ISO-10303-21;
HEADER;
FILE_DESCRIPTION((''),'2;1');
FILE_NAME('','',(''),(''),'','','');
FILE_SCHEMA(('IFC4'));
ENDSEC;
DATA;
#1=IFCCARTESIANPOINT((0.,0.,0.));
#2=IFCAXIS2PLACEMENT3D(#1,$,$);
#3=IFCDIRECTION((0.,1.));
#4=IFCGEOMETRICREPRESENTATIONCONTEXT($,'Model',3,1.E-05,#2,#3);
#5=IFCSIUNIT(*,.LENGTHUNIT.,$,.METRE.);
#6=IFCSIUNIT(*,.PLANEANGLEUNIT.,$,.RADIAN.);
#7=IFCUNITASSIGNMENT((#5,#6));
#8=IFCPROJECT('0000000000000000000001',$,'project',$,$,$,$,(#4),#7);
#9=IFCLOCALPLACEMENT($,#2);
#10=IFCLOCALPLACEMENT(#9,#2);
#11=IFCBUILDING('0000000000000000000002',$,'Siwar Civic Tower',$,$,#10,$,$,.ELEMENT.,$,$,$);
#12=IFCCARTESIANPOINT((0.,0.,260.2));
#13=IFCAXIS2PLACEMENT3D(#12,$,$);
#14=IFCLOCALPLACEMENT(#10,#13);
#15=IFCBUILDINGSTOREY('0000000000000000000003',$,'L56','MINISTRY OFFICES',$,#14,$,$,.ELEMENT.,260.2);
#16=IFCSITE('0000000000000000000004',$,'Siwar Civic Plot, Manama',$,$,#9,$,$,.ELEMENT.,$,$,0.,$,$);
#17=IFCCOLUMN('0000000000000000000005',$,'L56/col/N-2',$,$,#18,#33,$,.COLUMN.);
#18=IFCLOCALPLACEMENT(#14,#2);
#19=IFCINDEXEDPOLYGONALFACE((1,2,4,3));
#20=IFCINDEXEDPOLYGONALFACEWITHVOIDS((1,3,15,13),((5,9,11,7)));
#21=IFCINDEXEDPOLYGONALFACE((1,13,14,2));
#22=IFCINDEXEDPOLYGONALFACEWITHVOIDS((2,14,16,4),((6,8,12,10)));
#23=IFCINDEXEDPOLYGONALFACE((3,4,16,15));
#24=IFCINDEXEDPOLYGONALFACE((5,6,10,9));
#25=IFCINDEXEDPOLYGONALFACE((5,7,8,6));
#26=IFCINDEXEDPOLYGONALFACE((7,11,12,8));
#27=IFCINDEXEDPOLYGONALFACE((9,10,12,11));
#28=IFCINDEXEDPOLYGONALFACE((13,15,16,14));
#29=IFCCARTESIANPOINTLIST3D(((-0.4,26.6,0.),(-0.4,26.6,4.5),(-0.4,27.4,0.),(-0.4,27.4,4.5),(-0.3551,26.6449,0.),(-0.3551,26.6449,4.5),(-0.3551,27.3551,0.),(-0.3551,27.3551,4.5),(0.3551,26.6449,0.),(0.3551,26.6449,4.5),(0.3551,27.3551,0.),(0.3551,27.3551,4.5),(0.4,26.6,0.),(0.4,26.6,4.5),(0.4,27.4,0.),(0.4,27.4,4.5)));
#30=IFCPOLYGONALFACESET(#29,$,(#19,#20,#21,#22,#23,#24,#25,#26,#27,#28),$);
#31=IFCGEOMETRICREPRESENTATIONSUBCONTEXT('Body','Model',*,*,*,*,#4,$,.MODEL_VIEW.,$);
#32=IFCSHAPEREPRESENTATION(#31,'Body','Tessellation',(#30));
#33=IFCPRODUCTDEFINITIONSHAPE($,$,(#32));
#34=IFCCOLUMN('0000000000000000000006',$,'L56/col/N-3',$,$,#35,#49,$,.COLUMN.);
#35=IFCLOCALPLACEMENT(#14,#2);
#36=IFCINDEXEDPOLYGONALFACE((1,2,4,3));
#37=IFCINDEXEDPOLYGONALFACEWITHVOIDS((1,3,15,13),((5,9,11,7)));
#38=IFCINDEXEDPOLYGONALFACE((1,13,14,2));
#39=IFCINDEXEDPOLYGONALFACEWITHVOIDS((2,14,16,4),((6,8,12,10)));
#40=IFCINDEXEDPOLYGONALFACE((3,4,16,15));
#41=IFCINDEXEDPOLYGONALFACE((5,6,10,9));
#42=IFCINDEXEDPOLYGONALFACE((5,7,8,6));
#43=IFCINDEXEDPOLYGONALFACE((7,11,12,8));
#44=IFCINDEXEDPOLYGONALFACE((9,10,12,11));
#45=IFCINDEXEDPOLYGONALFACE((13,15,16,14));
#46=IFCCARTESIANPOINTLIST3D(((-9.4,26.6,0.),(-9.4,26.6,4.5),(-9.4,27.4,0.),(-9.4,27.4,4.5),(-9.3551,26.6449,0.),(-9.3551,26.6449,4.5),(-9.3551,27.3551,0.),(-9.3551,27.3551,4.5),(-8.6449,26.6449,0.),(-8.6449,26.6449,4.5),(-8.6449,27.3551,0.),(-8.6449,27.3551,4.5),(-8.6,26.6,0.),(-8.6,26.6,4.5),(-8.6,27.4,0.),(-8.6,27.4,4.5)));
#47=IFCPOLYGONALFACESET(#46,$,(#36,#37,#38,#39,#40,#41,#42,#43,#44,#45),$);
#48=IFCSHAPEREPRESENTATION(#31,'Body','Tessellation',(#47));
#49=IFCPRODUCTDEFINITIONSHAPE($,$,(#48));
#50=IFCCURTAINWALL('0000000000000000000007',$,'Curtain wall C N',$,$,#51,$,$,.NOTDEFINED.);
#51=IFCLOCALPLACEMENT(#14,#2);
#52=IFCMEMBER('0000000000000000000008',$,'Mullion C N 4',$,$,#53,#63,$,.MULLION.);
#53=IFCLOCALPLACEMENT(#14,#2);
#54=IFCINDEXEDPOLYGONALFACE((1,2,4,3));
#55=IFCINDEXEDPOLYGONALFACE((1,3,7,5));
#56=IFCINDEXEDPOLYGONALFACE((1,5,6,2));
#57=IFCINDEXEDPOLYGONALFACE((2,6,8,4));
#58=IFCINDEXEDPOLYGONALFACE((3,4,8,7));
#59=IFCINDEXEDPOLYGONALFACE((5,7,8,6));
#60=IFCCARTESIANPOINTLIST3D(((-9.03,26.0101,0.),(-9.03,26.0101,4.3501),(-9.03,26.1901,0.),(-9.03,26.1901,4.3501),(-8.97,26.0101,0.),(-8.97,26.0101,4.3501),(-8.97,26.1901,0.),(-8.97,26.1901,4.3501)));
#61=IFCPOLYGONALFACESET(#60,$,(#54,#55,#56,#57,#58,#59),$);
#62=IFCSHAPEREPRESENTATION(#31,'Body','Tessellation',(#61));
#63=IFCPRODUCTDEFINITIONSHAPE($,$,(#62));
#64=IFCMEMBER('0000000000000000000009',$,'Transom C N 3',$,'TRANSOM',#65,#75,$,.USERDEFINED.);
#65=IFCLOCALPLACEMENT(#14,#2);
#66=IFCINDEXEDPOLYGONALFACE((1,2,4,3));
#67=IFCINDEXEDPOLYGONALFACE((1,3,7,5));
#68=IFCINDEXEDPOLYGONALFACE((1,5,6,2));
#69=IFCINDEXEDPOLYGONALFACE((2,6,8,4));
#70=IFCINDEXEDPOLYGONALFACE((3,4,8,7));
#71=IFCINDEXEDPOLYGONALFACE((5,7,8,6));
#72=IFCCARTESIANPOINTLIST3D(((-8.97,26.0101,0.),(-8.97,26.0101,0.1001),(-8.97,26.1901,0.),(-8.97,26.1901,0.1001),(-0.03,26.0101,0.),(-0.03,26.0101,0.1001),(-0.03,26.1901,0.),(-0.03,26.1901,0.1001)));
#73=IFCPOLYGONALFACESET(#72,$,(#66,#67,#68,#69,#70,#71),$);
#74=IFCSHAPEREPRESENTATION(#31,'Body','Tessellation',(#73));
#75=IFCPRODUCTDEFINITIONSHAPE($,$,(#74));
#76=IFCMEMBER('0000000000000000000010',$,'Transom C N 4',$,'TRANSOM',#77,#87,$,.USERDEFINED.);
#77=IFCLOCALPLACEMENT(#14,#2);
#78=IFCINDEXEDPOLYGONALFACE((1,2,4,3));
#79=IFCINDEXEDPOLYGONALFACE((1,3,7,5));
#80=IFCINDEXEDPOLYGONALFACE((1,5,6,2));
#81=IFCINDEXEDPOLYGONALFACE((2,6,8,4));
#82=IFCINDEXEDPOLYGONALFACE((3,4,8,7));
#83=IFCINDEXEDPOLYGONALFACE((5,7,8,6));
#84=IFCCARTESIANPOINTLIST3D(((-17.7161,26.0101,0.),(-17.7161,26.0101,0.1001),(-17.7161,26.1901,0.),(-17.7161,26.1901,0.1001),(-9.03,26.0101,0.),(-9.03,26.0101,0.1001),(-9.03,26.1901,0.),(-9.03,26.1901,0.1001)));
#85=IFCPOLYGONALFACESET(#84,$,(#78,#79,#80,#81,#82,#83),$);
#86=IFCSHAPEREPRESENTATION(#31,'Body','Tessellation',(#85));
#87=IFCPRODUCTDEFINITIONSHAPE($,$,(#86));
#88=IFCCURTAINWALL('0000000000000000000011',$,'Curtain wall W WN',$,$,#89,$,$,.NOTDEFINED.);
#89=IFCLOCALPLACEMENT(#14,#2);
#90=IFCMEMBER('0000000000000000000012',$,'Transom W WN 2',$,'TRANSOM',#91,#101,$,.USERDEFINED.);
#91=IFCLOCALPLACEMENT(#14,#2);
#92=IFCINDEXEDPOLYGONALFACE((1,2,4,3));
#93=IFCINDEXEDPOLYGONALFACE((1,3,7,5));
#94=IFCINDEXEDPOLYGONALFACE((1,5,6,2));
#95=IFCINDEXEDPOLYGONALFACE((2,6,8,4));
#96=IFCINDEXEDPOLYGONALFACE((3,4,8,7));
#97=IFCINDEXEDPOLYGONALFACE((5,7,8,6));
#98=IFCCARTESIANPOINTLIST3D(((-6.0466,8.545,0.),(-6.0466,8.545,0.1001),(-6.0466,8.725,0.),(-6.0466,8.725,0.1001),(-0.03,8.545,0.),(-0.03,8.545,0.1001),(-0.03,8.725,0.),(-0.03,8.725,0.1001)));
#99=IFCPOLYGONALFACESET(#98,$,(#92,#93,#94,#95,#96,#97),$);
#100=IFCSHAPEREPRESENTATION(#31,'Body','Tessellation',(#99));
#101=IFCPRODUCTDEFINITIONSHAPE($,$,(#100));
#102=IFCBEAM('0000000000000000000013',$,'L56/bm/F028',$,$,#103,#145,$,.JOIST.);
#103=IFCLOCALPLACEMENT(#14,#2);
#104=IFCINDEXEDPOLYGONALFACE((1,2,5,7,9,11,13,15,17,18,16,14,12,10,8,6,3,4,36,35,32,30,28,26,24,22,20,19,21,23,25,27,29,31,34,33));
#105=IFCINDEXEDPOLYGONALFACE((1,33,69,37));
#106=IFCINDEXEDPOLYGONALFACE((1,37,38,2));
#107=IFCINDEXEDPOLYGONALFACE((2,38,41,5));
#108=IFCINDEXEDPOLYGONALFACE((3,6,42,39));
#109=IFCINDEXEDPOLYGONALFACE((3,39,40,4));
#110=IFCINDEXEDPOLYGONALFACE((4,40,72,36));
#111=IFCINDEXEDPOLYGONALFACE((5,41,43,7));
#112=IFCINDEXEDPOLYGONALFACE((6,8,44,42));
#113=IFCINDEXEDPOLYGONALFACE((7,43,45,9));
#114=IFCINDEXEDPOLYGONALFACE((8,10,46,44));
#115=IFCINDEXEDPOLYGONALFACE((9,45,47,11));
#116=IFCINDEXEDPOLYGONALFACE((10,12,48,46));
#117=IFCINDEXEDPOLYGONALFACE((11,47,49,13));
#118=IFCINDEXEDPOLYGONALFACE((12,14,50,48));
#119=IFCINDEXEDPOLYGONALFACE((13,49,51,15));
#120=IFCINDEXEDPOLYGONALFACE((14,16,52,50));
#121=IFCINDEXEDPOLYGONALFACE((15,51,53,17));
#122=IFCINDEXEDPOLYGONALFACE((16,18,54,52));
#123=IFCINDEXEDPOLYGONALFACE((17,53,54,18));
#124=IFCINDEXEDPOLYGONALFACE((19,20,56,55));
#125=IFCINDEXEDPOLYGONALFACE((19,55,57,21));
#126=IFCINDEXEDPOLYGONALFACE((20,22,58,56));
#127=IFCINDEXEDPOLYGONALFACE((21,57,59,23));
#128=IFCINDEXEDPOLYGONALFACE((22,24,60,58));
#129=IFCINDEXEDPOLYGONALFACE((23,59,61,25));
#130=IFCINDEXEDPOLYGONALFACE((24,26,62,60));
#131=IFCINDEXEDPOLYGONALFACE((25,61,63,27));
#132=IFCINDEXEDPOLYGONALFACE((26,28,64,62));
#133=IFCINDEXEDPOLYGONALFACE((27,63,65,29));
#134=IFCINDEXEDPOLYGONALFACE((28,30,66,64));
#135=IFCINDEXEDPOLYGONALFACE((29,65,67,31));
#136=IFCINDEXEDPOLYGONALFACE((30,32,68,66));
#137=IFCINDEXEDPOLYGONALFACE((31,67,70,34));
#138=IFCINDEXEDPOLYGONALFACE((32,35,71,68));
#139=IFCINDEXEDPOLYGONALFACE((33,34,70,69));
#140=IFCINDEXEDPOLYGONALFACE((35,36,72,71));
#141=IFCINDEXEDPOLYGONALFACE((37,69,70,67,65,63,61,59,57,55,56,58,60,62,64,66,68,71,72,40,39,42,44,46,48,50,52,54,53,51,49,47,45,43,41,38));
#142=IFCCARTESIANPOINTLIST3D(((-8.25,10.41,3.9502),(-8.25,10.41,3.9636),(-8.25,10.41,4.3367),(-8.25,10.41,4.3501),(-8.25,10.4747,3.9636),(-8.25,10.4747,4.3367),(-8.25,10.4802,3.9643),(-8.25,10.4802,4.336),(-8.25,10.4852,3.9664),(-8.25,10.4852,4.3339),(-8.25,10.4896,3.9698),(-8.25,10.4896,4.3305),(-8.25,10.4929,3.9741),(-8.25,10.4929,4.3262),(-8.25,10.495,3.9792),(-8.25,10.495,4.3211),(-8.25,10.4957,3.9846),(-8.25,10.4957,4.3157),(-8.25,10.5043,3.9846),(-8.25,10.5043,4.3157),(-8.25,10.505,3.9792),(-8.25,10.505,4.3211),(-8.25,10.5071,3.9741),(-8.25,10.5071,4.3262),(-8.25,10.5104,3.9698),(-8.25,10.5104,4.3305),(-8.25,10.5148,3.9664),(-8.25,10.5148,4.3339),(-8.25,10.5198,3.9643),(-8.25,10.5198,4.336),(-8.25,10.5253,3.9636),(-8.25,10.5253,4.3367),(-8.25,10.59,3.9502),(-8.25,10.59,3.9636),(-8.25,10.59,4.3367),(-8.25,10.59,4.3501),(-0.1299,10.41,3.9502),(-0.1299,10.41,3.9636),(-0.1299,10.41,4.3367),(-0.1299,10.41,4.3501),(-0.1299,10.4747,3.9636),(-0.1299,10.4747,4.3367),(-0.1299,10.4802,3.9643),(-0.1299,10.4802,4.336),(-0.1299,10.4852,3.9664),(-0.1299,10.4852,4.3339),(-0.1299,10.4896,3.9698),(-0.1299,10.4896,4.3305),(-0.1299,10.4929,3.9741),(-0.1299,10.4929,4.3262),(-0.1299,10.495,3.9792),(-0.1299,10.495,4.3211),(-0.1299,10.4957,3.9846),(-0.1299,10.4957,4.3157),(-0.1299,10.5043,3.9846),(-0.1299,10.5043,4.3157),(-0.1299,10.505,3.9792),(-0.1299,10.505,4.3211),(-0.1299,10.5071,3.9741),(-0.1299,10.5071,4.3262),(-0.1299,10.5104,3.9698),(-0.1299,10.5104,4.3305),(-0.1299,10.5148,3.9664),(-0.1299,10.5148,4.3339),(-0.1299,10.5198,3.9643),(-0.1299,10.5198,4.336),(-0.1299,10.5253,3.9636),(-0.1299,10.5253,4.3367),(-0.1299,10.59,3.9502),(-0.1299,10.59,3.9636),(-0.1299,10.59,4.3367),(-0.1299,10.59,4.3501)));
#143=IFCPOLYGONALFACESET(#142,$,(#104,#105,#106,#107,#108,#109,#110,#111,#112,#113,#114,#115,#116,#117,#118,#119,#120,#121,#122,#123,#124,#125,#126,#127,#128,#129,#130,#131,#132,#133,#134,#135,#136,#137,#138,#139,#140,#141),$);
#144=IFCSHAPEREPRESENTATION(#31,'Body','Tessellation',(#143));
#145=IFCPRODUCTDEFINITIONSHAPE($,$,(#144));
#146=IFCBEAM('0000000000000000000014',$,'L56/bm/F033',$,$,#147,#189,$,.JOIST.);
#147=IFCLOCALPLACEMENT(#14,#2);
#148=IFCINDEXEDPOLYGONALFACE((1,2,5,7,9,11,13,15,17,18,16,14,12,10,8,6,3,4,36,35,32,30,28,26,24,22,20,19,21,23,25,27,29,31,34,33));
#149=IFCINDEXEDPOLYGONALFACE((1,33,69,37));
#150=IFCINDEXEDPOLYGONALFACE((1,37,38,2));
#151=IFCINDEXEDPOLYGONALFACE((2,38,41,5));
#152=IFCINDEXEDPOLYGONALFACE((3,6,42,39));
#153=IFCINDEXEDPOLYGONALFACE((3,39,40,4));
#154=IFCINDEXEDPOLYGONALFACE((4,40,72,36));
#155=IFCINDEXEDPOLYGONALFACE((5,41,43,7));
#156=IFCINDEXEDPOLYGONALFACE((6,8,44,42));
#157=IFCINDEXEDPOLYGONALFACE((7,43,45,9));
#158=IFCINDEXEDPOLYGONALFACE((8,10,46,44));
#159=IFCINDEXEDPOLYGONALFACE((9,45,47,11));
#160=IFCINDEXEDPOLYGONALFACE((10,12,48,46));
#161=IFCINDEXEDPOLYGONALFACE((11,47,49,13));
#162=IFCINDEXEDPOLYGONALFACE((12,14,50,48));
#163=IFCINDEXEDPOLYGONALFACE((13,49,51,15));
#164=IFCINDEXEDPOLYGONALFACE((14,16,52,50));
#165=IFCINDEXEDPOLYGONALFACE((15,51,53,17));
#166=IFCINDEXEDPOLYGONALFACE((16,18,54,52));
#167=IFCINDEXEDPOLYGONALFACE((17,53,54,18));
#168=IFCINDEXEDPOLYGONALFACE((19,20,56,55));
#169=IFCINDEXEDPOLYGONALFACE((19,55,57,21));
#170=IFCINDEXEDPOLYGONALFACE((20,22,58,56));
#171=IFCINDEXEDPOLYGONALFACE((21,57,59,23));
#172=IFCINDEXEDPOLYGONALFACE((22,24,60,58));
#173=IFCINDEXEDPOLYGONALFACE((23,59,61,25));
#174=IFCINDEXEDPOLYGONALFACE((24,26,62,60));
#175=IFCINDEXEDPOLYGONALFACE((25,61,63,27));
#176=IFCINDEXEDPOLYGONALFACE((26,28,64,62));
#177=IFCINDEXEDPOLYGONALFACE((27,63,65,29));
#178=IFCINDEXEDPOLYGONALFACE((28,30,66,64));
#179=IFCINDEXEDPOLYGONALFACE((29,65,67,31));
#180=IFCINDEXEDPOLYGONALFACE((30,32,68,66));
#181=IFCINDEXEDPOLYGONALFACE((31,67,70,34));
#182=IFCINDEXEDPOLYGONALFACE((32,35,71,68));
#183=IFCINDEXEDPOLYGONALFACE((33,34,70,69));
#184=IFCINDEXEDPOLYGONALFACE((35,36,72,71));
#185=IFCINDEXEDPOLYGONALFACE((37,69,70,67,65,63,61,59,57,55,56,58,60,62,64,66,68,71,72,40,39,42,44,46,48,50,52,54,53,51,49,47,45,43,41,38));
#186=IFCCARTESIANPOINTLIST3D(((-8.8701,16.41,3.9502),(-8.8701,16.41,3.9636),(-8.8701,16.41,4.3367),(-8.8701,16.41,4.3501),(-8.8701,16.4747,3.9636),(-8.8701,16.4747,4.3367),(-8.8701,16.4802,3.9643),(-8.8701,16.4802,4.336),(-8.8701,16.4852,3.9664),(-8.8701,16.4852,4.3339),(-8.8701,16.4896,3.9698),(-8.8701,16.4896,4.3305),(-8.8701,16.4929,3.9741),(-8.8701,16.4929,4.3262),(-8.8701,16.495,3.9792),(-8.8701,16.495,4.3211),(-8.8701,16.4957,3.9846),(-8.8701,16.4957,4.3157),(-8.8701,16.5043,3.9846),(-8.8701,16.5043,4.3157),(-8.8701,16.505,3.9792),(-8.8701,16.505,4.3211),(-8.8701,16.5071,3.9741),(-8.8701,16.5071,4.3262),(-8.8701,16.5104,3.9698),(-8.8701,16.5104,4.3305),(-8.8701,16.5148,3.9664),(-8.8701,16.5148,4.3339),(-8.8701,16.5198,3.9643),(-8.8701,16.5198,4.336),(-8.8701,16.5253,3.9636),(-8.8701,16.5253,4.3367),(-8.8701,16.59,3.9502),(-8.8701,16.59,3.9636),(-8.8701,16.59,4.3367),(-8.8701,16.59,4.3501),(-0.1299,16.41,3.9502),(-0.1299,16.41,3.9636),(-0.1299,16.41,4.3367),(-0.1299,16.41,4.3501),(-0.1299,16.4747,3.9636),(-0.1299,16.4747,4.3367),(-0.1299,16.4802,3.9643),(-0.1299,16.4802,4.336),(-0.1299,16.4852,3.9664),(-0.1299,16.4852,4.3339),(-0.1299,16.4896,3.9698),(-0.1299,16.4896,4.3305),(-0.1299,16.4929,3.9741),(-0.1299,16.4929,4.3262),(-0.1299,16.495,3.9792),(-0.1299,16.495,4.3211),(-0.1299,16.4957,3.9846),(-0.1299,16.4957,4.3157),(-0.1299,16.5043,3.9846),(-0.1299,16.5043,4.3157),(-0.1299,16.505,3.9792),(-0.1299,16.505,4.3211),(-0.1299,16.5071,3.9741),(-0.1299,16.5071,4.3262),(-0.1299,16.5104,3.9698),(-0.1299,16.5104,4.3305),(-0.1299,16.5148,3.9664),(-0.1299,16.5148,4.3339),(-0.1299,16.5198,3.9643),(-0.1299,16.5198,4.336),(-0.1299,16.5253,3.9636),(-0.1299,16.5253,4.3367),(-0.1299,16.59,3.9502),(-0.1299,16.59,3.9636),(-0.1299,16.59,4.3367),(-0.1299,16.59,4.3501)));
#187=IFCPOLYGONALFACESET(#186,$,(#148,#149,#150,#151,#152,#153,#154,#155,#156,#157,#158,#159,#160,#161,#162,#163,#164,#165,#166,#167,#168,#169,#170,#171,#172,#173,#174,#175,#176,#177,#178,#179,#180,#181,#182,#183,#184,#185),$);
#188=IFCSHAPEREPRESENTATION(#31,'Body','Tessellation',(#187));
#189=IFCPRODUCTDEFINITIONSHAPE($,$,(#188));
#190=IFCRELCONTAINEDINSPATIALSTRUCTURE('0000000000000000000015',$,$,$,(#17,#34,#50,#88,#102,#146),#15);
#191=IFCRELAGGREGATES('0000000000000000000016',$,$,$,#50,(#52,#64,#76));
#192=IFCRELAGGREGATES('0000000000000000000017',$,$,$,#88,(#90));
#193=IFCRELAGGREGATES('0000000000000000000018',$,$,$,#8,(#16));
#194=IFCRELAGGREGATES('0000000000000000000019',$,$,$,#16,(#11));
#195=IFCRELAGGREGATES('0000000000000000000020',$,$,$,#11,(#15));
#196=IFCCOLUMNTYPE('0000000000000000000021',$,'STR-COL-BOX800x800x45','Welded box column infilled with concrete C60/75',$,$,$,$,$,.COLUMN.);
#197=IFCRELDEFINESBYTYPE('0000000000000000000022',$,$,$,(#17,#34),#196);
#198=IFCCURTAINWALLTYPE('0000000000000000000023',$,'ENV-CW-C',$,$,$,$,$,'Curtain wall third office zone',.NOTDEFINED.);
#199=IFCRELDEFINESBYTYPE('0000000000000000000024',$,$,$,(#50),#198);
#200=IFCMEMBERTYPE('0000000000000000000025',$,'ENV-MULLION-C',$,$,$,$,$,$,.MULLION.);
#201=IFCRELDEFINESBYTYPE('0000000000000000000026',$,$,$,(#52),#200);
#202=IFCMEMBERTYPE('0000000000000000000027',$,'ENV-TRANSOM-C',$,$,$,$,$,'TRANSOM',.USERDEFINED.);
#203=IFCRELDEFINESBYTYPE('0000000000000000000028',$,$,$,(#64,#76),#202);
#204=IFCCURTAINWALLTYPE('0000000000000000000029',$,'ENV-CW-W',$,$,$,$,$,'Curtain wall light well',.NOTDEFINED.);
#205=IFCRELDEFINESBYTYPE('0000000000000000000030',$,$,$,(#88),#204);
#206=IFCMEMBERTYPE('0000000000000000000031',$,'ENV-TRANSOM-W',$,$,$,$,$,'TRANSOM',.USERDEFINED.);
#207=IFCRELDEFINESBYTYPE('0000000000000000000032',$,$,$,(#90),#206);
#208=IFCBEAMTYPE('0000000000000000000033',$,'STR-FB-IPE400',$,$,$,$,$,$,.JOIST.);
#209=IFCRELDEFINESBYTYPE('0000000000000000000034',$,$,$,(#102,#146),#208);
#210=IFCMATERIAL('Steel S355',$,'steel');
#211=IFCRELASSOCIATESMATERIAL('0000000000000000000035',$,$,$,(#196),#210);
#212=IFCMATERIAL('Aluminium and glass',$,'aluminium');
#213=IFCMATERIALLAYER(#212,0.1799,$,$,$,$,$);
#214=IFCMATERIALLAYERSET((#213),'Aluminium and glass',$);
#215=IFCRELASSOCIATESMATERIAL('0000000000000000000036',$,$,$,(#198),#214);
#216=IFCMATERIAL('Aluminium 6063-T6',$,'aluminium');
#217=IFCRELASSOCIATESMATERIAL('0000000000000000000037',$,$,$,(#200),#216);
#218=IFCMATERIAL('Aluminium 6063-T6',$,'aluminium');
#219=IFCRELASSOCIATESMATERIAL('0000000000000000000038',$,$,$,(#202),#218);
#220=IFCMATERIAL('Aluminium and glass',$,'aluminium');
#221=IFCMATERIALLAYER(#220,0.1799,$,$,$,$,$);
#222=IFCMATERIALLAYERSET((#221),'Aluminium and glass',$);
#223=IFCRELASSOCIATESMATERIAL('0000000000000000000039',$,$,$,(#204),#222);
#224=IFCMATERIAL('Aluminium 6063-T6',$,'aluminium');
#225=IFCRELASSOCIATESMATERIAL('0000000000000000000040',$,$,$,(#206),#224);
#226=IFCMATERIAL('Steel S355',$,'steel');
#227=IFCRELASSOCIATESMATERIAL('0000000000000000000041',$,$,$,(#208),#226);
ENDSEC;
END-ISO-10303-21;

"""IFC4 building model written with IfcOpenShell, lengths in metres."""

from ifc_helpers import new_model, si_unit, direction, frame, origin, origin_2d, place, context, subcontext, project, spatial, rectangle, hollow_rectangle, i_section, extrude, material, layer, layer_set, material_profile, profile_set, type_object, element, aggregate, save


model = new_model("IFC4")

# Units and contexts
model_context = context("Model", 3, precision=1e-05, world=origin(), true_north=direction((0.0, 1.0)))
body_context = subcontext(model_context, "Body", "Model", "MODEL_VIEW")
ifc_project = project(units=[si_unit("LENGTHUNIT", "METRE"), si_unit("PLANEANGLEUNIT", "RADIAN")], contexts=[model_context])

# Site, building, storey
site_placement = place(None, origin())
site = spatial("IfcSite", under=ifc_project, at=site_placement, Name="Siwar Civic Plot, Manama", CompositionType="ELEMENT", RefElevation=0.0)
building_placement = place(site_placement, origin())
building = spatial("IfcBuilding", under=site, at=building_placement, Name="Siwar Civic Tower", CompositionType="ELEMENT")
storey_placement = place(building_placement, frame((0.0, 0.0, 260.2)))
storey = spatial("IfcBuildingStorey", under=building, at=storey_placement, Name="L56", Description="MINISTRY OFFICES", CompositionType="ELEMENT", Elevation=260.2)

# Columns
ifc_material_1 = material(Name="Steel S355", Category="steel")
ifc_material_profile_1 = material_profile(ifc_material_1, hollow_rectangle(XDim=0.8, YDim=0.8, WallThickness=0.0449, at=origin_2d()), Name="BOX800x800x45")
ifc_profile_set_1 = profile_set([ifc_material_profile_1], Name="Steel S355")
column_type = type_object("IfcColumnType", Name="STR-COL-BOX800x800x45", Description="Welded box column infilled with concrete C60/75", PredefinedType="COLUMN", material=ifc_profile_set_1)
for number, where, z_axis, x_axis, name in (
    (1, (0.0, 27.0, 0.0), (0.0, 0.0, 1.0), (1.0, 0.0, 0.0), "L56/col/N-2"),
    (2, (-9.0, 27.0, 0.0), (0.0, 0.0, 1.0), (1.0, 0.0, 0.0), "L56/col/N-3"),
):
    element("IfcColumn", number, at=place(storey_placement, frame(where, z_axis=z_axis, x_axis=x_axis)), inside=storey, type_object=column_type, Name=name, PredefinedType="COLUMN", context=body_context, shape_type="SweptSolid", body=[
        extrude(hollow_rectangle(XDim=0.8, YDim=0.8, WallThickness=0.0449, at=origin_2d()), origin(), (0.0, 0.0, 1.0), 4.5),
    ])

# Curtain wall, members
ifc_material_2 = material(Name="Aluminium and glass", Category="aluminium")
ifc_layer_1 = layer(ifc_material_2, 0.1799)
ifc_layer_set_1 = layer_set([ifc_layer_1], Name="Aluminium and glass")
curtain_wall_type_1 = type_object("IfcCurtainWallType", Name="ENV-CW-C", ElementType="Curtain wall third office zone", PredefinedType="NOTDEFINED", material=ifc_layer_set_1)
curtain_wall_1_placement = place(storey_placement, origin())
curtain_wall_1 = element("IfcCurtainWall", 3, at=curtain_wall_1_placement, inside=storey, type_object=curtain_wall_type_1, Name="Curtain wall C N", PredefinedType="NOTDEFINED")
ifc_material_3 = material(Name="Aluminium 6063-T6", Category="aluminium")
ifc_material_profile_2 = material_profile(ifc_material_3, rectangle(XDim=0.1799, YDim=0.0601, at=origin_2d()), Name="AL 180x60")
ifc_profile_set_2 = profile_set([ifc_material_profile_2], Name="Aluminium 6063-T6")
member_type_1 = type_object("IfcMemberType", Name="ENV-MULLION-C", PredefinedType="MULLION", material=ifc_profile_set_2)
member_1_placement = place(storey_placement, frame((-9.0, 26.1001, 0.0), z_axis=(0.0, 0.0, 1.0), x_axis=(0.0, -1.0, 0.0)))
member_1 = element("IfcMember", 4, at=member_1_placement, type_object=member_type_1, Name="Mullion C N 4", PredefinedType="MULLION", context=body_context, shape_type="SweptSolid", body=[
    extrude(rectangle(XDim=0.1799, YDim=0.0601, at=origin_2d()), origin(), (0.0, 0.0, 1.0), 4.3501),
])
ifc_material_4 = material(Name="Aluminium 6063-T6", Category="aluminium")
ifc_material_profile_3 = material_profile(ifc_material_4, rectangle(XDim=0.1799, YDim=0.1001, at=origin_2d()), Name="AL 180x100")
ifc_profile_set_3 = profile_set([ifc_material_profile_3], Name="Aluminium 6063-T6")
member_type_2 = type_object("IfcMemberType", Name="ENV-TRANSOM-C", ElementType="TRANSOM", PredefinedType="USERDEFINED", material=ifc_profile_set_3)
member_2_placement = place(storey_placement, frame((-0.03, 26.1001, 0.05), z_axis=(-1.0, 0.0, 0.0), x_axis=(0.0, -1.0, 0.0)))
member_2 = element("IfcMember", 5, at=member_2_placement, type_object=member_type_2, Name="Transom C N 3", ObjectType="TRANSOM", PredefinedType="USERDEFINED", context=body_context, shape_type="SweptSolid", body=[
    extrude(rectangle(XDim=0.1799, YDim=0.1001, at=origin_2d()), origin(), (0.0, 0.0, 1.0), 8.9399),
])
member_3_placement = place(storey_placement, frame((-9.03, 26.1001, 0.05), z_axis=(-1.0, 0.0, 0.0), x_axis=(0.0, -1.0, 0.0)))
member_3 = element("IfcMember", 6, at=member_3_placement, type_object=member_type_2, Name="Transom C N 4", ObjectType="TRANSOM", PredefinedType="USERDEFINED", context=body_context, shape_type="SweptSolid", body=[
    extrude(rectangle(XDim=0.1799, YDim=0.1001, at=origin_2d()), origin(), (0.0, 0.0, 1.0), 8.686),
])

# Curtain wall, member
ifc_material_5 = material(Name="Aluminium and glass", Category="aluminium")
ifc_layer_2 = layer(ifc_material_5, 0.1799)
ifc_layer_set_2 = layer_set([ifc_layer_2], Name="Aluminium and glass")
curtain_wall_type_2 = type_object("IfcCurtainWallType", Name="ENV-CW-W", ElementType="Curtain wall light well", PredefinedType="NOTDEFINED", material=ifc_layer_set_2)
curtain_wall_2_placement = place(storey_placement, origin())
curtain_wall_2 = element("IfcCurtainWall", 7, at=curtain_wall_2_placement, inside=storey, type_object=curtain_wall_type_2, Name="Curtain wall W WN", PredefinedType="NOTDEFINED")
ifc_material_6 = material(Name="Aluminium 6063-T6", Category="aluminium")
ifc_material_profile_4 = material_profile(ifc_material_6, rectangle(XDim=0.1799, YDim=0.1001, at=origin_2d()), Name="AL 180x100")
ifc_profile_set_4 = profile_set([ifc_material_profile_4], Name="Aluminium 6063-T6")
member_type_3 = type_object("IfcMemberType", Name="ENV-TRANSOM-W", ElementType="TRANSOM", PredefinedType="USERDEFINED", material=ifc_profile_set_4)
member_4_placement = place(storey_placement, frame((-0.03, 8.635, 0.05), z_axis=(-1.0, 0.0, 0.0), x_axis=(0.0, -1.0, 0.0)))
member_4 = element("IfcMember", 8, at=member_4_placement, type_object=member_type_3, Name="Transom W WN 2", ObjectType="TRANSOM", PredefinedType="USERDEFINED", context=body_context, shape_type="SweptSolid", body=[
    extrude(rectangle(XDim=0.1799, YDim=0.1001, at=origin_2d()), origin(), (0.0, 0.0, 1.0), 6.0166),
])

# Beams
ifc_material_7 = material(Name="Steel S355", Category="steel")
ifc_material_profile_5 = material_profile(ifc_material_7, i_section(OverallWidth=0.1799, OverallDepth=0.3999, WebThickness=0.0085, FlangeThickness=0.0134, FilletRadius=0.021, at=origin_2d()), Name="IPE400")
ifc_profile_set_5 = profile_set([ifc_material_profile_5], Name="Steel S355")
beam_type_1 = type_object("IfcBeamType", Name="STR-FB-IPE400", PredefinedType="JOIST", material=ifc_profile_set_5)
beam_1_placement = place(storey_placement, frame((-8.25, 10.5, 4.1501), z_axis=(1.0, 0.0, 0.0), x_axis=(0.0, 1.0, 0.0)))
element("IfcBeam", 9, at=beam_1_placement, inside=storey, type_object=beam_type_1, Name="L56/bm/F028", PredefinedType="JOIST", context=body_context, shape_type="SweptSolid", body=[
    extrude(i_section(OverallWidth=0.1799, OverallDepth=0.3999, WebThickness=0.0085, FlangeThickness=0.0134, FilletRadius=0.021, at=origin_2d()), origin(), (0.0, 0.0, 1.0), 8.1201),
])
for number, where, z_axis, x_axis, name in (
    (10, (-8.8701, 16.5, 4.1501), (1.0, 0.0, 0.0), (0.0, 1.0, 0.0), "L56/bm/F033"),
):
    element("IfcBeam", number, at=place(storey_placement, frame(where, z_axis=z_axis, x_axis=x_axis)), inside=storey, type_object=beam_type_1, Name=name, PredefinedType="JOIST", context=body_context, shape_type="SweptSolid", body=[
        extrude(i_section(OverallWidth=0.1799, OverallDepth=0.3999, WebThickness=0.0085, FlangeThickness=0.0134, FilletRadius=0.021, at=origin_2d()), origin(), (0.0, 0.0, 1.0), 8.7402),
    ])

aggregate(curtain_wall_1, [member_1, member_2, member_3])
aggregate(curtain_wall_2, [member_4])

save(model, "model.ifc")
